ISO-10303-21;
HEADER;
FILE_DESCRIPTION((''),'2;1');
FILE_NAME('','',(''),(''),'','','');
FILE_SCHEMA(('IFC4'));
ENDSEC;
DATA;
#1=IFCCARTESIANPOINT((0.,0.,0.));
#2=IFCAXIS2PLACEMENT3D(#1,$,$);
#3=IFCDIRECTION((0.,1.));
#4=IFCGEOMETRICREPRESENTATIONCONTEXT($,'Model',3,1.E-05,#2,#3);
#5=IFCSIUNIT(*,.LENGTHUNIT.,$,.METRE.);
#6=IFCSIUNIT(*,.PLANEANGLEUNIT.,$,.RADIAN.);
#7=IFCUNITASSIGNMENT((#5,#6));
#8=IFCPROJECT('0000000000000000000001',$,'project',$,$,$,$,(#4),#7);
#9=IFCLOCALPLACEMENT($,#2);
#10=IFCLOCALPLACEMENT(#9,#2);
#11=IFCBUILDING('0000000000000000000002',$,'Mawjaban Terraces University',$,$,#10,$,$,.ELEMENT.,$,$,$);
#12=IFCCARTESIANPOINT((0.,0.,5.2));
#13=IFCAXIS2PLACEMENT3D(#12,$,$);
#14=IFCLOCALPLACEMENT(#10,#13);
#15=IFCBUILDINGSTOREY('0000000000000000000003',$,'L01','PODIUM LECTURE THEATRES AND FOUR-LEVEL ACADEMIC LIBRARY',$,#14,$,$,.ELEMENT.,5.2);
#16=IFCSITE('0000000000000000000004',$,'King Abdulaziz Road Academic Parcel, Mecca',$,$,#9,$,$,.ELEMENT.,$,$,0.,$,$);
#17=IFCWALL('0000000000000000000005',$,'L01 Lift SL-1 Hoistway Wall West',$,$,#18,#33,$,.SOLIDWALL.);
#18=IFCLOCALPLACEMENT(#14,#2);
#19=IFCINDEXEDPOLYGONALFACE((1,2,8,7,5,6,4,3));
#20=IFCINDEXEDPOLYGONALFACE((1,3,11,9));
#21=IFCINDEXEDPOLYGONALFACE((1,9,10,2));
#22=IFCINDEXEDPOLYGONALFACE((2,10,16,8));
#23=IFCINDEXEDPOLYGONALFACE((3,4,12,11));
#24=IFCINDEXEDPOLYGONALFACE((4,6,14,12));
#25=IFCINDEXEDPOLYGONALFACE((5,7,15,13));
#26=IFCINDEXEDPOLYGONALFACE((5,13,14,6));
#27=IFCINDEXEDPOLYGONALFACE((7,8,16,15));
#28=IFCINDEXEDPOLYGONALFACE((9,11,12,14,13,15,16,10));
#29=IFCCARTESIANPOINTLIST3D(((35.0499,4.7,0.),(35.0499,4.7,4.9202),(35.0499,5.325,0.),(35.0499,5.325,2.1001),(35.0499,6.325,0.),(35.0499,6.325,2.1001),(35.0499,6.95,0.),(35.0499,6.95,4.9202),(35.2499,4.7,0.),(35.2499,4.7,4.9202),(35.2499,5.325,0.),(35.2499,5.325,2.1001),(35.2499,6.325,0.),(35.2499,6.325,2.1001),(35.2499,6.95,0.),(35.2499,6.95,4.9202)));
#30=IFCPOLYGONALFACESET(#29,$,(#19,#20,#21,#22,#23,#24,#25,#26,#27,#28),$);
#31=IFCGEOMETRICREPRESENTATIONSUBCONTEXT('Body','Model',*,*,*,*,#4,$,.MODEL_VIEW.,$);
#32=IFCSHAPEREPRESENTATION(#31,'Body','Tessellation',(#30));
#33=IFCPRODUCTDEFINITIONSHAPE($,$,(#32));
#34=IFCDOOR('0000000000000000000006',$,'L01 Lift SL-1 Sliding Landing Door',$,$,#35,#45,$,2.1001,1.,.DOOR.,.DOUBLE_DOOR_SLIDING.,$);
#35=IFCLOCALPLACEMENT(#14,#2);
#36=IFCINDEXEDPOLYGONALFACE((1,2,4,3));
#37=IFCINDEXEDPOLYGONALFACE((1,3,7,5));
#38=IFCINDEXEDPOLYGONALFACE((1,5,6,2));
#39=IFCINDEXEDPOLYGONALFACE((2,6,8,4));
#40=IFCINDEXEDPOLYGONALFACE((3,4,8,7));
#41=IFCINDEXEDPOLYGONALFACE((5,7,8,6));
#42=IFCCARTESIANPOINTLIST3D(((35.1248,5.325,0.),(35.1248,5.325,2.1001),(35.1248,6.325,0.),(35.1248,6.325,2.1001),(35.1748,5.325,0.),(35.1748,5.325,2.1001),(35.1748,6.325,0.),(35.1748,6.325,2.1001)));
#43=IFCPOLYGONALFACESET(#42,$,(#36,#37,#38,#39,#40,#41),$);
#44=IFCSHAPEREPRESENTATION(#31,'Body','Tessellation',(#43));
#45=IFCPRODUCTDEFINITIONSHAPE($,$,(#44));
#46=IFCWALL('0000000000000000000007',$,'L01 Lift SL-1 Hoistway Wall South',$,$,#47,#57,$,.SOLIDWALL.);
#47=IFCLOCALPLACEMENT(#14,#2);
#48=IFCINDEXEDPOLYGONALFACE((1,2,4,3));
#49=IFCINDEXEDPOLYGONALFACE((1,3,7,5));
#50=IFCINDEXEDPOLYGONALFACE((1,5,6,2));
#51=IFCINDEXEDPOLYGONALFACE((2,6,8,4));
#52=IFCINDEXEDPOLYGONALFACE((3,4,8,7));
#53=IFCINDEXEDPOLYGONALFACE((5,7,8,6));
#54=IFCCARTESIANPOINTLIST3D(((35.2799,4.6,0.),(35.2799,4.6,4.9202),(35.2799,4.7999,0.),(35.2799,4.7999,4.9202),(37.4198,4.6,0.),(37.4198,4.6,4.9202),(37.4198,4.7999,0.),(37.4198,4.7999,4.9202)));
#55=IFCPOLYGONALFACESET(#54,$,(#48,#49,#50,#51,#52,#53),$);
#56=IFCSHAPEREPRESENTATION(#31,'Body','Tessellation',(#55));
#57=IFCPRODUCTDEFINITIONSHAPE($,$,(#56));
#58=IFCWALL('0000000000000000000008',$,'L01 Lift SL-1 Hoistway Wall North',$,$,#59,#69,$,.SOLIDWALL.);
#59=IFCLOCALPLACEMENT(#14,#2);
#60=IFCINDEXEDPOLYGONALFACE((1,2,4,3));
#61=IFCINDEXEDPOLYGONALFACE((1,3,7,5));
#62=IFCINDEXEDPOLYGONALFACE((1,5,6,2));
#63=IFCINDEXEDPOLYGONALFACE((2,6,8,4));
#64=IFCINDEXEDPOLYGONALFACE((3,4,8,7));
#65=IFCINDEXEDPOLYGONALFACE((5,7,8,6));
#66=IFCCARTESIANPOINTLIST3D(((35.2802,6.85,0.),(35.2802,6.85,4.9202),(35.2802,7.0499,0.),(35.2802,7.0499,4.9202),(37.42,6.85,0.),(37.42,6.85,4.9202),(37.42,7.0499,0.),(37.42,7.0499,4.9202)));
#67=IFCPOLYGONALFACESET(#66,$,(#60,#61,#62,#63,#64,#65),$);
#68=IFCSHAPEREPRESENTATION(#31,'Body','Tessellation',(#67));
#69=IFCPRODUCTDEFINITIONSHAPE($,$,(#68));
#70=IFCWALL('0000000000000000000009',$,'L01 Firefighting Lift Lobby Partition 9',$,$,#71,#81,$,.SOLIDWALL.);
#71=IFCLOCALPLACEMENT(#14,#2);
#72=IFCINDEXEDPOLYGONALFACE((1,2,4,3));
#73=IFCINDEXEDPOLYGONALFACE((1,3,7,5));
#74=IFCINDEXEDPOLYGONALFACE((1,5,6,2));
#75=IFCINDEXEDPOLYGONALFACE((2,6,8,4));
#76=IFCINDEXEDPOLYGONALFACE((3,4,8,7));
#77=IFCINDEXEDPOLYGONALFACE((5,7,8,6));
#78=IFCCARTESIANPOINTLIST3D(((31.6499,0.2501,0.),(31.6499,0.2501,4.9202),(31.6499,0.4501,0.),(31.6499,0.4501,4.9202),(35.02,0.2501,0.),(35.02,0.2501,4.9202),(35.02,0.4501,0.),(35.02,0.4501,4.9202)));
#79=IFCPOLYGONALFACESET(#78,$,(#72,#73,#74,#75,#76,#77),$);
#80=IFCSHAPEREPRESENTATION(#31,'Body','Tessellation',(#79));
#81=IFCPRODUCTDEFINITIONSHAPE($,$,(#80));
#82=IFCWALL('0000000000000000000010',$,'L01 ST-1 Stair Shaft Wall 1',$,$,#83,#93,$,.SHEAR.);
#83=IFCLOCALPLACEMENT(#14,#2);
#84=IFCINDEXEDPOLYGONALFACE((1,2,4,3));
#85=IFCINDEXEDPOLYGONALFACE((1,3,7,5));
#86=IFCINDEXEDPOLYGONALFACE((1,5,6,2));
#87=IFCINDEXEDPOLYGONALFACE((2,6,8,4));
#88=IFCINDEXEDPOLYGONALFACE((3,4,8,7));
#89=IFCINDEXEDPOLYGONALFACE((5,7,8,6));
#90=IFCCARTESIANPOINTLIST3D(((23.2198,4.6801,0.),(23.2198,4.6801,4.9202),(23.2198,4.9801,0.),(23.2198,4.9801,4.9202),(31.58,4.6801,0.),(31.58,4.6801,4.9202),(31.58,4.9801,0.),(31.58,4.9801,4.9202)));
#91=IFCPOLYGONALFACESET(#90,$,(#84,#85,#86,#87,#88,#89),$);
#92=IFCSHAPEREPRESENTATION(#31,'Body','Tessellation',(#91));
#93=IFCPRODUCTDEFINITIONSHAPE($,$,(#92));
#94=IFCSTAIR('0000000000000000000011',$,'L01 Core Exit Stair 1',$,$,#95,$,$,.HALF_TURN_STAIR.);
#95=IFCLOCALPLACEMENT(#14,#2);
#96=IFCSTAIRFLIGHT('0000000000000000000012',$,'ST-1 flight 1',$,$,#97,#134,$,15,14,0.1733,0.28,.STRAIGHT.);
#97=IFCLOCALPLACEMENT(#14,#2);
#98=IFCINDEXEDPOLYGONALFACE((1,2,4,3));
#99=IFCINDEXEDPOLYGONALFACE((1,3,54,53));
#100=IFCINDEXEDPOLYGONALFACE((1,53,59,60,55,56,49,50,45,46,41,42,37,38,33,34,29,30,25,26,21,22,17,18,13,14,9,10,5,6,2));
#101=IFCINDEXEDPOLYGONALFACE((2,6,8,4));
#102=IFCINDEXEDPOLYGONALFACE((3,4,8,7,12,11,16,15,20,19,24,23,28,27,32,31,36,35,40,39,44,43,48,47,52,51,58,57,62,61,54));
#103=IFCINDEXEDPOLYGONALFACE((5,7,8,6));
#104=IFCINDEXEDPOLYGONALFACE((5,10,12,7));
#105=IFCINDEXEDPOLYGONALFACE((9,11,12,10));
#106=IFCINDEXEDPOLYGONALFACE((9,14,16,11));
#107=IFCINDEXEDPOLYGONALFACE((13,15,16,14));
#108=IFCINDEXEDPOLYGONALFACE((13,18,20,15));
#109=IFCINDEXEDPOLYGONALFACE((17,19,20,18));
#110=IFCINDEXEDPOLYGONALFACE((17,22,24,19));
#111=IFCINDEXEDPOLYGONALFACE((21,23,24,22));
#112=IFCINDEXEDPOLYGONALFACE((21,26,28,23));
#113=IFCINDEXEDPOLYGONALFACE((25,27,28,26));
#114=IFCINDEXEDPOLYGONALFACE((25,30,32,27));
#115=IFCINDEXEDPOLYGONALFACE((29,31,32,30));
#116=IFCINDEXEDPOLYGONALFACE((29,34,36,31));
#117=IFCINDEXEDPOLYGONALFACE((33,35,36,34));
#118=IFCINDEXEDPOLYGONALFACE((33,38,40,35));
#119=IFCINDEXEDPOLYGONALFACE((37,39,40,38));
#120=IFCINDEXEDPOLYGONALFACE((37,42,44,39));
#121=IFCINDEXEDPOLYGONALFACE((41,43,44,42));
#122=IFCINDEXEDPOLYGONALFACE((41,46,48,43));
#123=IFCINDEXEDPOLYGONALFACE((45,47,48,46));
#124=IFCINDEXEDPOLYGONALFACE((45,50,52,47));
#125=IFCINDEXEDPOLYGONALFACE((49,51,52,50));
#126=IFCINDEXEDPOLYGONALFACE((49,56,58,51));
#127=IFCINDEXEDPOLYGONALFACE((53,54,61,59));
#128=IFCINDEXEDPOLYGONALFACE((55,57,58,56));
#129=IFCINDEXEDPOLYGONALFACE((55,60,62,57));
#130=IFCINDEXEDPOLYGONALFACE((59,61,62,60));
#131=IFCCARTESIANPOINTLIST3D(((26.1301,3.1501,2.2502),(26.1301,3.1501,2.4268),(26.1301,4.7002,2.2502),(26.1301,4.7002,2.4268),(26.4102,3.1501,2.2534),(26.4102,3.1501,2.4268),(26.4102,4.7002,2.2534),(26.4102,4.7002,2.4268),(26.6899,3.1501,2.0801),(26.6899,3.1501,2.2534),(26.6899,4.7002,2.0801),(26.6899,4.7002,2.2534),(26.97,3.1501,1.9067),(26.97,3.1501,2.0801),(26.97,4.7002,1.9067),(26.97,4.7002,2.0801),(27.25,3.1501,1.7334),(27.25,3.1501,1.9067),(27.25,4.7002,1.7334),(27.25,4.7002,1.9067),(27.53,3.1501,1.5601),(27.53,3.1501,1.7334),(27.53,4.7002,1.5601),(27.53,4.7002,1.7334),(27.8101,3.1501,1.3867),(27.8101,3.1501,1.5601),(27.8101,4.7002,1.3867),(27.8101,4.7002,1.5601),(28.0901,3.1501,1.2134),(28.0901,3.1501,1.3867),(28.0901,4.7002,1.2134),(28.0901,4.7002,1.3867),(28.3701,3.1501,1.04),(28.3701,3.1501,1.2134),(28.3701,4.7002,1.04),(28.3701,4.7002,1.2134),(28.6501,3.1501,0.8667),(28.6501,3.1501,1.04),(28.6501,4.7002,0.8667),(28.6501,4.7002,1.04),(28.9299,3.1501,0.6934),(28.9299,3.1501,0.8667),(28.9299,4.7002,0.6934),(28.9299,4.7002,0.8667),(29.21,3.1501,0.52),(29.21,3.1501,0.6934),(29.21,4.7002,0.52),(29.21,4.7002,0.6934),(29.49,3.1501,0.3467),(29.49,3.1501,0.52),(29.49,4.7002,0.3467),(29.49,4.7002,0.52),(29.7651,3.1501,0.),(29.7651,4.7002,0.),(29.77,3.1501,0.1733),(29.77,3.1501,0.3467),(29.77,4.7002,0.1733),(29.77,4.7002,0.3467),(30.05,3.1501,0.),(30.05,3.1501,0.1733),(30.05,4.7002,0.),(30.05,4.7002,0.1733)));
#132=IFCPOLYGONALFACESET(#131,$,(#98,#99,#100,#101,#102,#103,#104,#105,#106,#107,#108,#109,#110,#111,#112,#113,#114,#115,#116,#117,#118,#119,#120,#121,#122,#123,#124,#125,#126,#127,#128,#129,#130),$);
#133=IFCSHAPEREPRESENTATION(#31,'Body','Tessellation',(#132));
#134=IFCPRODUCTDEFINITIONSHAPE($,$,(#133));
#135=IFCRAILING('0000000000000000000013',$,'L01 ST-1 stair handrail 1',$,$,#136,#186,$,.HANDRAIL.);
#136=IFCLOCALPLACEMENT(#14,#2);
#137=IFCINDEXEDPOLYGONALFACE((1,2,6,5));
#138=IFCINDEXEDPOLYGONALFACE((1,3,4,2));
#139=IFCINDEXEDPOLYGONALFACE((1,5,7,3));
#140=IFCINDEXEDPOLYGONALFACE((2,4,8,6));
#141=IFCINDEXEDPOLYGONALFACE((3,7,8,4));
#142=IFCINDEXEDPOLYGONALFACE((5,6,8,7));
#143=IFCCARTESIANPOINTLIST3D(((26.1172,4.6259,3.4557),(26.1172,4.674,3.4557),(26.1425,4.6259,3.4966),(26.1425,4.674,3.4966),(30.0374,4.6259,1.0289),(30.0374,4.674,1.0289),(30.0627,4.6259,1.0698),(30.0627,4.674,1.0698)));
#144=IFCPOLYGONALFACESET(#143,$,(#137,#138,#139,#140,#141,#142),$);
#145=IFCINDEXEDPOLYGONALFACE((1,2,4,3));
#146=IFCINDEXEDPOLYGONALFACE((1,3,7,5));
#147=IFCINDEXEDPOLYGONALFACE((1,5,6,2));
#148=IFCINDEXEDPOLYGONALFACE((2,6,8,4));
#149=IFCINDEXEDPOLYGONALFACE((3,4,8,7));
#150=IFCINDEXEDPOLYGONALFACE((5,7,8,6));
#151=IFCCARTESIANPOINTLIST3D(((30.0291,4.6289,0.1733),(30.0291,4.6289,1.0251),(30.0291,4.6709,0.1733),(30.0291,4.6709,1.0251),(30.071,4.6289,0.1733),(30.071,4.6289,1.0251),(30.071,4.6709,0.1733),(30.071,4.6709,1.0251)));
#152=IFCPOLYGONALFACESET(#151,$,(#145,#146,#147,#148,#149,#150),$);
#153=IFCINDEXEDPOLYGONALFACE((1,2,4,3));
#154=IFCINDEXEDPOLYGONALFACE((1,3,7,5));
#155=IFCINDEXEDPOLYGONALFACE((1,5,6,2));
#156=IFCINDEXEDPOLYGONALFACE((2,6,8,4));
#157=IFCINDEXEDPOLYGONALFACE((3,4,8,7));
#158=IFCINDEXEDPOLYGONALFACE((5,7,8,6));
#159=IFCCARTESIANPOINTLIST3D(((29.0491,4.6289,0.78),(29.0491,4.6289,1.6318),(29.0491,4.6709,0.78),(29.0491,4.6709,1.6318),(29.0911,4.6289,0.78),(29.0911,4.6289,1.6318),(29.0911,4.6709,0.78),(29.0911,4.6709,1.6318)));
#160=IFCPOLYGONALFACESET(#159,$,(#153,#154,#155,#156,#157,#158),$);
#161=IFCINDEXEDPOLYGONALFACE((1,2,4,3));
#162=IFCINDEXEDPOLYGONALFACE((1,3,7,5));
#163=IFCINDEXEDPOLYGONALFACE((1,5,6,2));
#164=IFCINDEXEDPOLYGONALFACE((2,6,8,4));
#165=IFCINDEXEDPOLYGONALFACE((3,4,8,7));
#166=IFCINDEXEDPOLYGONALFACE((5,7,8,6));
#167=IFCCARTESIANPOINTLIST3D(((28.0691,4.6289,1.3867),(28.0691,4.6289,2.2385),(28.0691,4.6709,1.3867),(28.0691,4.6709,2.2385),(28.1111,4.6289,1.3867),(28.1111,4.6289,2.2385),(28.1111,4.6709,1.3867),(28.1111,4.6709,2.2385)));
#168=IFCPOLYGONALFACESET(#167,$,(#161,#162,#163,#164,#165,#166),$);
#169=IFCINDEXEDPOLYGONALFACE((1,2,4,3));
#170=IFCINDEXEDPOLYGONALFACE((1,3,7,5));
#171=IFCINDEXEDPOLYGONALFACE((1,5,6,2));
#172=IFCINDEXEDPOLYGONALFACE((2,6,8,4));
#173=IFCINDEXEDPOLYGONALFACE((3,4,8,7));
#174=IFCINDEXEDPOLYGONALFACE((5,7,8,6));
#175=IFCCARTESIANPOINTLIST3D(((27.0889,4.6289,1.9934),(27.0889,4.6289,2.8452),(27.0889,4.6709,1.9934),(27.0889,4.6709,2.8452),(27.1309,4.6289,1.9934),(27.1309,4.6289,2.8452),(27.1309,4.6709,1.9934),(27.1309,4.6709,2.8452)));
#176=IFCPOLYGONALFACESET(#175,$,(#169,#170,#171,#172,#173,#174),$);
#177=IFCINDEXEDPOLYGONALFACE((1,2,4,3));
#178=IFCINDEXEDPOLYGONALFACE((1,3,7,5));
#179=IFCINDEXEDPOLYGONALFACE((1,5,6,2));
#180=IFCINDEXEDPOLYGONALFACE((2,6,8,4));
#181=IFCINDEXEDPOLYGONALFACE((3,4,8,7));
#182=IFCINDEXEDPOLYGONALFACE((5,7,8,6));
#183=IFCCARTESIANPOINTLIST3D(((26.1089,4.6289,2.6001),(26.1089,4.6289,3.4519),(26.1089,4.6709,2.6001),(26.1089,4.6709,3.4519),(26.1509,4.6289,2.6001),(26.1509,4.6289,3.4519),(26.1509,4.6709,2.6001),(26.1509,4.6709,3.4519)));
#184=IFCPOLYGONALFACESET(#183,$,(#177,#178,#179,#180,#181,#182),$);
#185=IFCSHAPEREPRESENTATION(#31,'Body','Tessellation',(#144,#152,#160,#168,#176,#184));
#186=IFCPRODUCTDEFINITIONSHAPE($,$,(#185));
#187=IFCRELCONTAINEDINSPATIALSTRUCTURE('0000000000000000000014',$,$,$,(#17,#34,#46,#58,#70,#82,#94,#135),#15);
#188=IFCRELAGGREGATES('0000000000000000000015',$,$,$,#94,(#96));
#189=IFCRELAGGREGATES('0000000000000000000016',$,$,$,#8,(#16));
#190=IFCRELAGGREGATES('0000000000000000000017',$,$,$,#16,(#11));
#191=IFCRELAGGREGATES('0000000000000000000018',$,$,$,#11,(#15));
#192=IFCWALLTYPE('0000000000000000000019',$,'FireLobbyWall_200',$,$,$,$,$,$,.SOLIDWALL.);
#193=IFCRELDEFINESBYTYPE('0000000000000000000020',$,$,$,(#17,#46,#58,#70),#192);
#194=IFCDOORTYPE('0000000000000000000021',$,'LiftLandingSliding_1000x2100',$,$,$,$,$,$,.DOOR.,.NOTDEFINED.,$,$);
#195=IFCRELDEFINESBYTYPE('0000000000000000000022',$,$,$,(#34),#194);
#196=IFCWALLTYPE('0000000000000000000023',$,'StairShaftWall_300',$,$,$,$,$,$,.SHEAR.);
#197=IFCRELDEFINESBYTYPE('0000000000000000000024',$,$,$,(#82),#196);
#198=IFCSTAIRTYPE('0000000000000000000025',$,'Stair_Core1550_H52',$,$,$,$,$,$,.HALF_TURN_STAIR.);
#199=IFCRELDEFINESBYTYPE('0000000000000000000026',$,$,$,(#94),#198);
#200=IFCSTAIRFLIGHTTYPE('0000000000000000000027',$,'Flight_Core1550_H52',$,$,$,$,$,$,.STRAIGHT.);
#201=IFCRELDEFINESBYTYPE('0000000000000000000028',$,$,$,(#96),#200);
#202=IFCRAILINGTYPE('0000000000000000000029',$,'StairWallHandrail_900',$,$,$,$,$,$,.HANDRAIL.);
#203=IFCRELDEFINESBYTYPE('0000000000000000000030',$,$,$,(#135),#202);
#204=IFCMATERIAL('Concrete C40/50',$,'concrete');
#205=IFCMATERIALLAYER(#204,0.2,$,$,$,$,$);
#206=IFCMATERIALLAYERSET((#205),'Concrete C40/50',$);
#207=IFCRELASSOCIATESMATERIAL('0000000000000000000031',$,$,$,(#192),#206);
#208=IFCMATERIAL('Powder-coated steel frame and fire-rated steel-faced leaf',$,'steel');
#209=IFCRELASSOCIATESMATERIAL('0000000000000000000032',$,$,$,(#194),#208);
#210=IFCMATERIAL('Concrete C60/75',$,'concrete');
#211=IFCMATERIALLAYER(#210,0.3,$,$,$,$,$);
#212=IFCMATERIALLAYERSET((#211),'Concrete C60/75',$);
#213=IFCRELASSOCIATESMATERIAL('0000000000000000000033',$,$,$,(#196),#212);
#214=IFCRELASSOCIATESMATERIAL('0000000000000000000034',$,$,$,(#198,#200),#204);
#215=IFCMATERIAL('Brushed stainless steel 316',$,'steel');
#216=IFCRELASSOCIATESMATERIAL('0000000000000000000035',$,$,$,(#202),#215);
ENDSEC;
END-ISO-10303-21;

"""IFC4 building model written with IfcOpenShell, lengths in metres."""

from ifc_helpers import new_model, si_unit, direction, frame, frame_2d, origin, origin_2d, place, context, subcontext, project, spatial, polyline, rectangle, outline, extrude, material, layer, layer_set, type_object, element, fill, aggregate, save


model = new_model("IFC4")

# Units and contexts
model_context = context("Model", 3, precision=1e-05, world=origin(), true_north=direction((0.0, 1.0)))
body_context = subcontext(model_context, "Body", "Model", "MODEL_VIEW")
ifc_project = project(units=[si_unit("LENGTHUNIT", "METRE"), si_unit("PLANEANGLEUNIT", "RADIAN")], contexts=[model_context])

# Site, building, storey
site_placement = place(None, origin())
site = spatial("IfcSite", under=ifc_project, at=site_placement, Name="King Abdulaziz Road Academic Parcel, Mecca", CompositionType="ELEMENT", RefElevation=0.0)
building_placement = place(site_placement, origin())
building = spatial("IfcBuilding", under=site, at=building_placement, Name="Mawjaban Terraces University", CompositionType="ELEMENT")
storey_placement = place(building_placement, frame((0.0, 0.0, 5.2)))
storey = spatial("IfcBuildingStorey", under=building, at=storey_placement, Name="L01", Description="PODIUM LECTURE THEATRES AND FOUR-LEVEL ACADEMIC LIBRARY", CompositionType="ELEMENT", Elevation=5.2)

# Shared definitions
ifc_material_1 = material(Name="Concrete C40/50", Category="concrete")
ifc_layer_1 = layer(ifc_material_1, 0.2)
ifc_layer_set_1 = layer_set([ifc_layer_1], Name="Concrete C40/50")
wall_type_1 = type_object("IfcWallType", Name="FireLobbyWall_200", PredefinedType="SOLIDWALL", material=ifc_layer_set_1)
ifc_material_2 = material(Name="Powder-coated steel frame and fire-rated steel-faced leaf", Category="steel")

# Wall, opening, door
wall_1_placement = place(storey_placement, frame((35.1499, 6.95, 0.0), z_axis=(0.0, 0.0, 1.0), x_axis=(0.0, -1.0, 0.0)))
wall_1 = element("IfcWall", 1, at=wall_1_placement, inside=storey, type_object=wall_type_1, Name="L01 Lift SL-1 Hoistway Wall West", PredefinedType="SOLIDWALL", context=body_context, shape_type="SweptSolid", body=[
    extrude(rectangle(XDim=2.25, YDim=0.2, at=frame_2d((1.125, 0.0))), origin(), (0.0, 0.0, 1.0), 4.9202),
])
opening_1_placement = place(wall_1_placement, frame((0.625, 0.0, 0.0)))
opening_1 = element("IfcOpeningElement", 2, at=opening_1_placement, cuts=wall_1, PredefinedType="OPENING", context=body_context, shape_type="SweptSolid", body=[
    extrude(rectangle(XDim=1.0, YDim=2.1001, at=frame_2d((0.5, 1.05))), frame((0.0, 0.1099, 0.0), z_axis=(0.0, -1.0, 0.0), x_axis=(1.0, 0.0, 0.0)), (0.0, 0.0, 1.0), 0.22),
])
door_type_1 = type_object("IfcDoorType", Name="LiftLandingSliding_1000x2100", OperationType="NOTDEFINED", PredefinedType="DOOR", material=ifc_material_2)
door_1_placement = place(opening_1_placement, origin())
door_1 = element("IfcDoor", 3, at=door_1_placement, inside=storey, type_object=door_type_1, Name="L01 Lift SL-1 Sliding Landing Door", OperationType="DOUBLE_DOOR_SLIDING", OverallHeight=2.1001, OverallWidth=1.0, PredefinedType="DOOR", context=body_context, shape_type="SweptSolid", body=[
    extrude(rectangle(XDim=1.0, YDim=2.1001, at=frame_2d((0.5, 1.05))), frame((0.0, 0.0249, 0.0), z_axis=(0.0, -1.0, 0.0), x_axis=(1.0, 0.0, 0.0)), (0.0, 0.0, 1.0), 0.05),
])
fill(opening_1, door_1)

# Walls
for number, where, z_axis, x_axis, name in (
    (4, (35.28, 4.7, 0.0), (0.0, 0.0, 1.0), (1.0, 0.0, 0.0), "L01 Lift SL-1 Hoistway Wall South"),
    (5, (37.4199, 6.95, 0.0), (0.0, 0.0, 1.0), (-1.0, 0.0, 0.0), "L01 Lift SL-1 Hoistway Wall North"),
):
    element("IfcWall", number, at=place(storey_placement, frame(where, z_axis=z_axis, x_axis=x_axis)), inside=storey, type_object=wall_type_1, Name=name, PredefinedType="SOLIDWALL", context=body_context, shape_type="SweptSolid", body=[
        extrude(rectangle(XDim=2.1399, YDim=0.2, at=frame_2d((1.0698, 0.0))), origin(), (0.0, 0.0, 1.0), 4.9202),
    ])
wall_2_placement = place(storey_placement, frame((31.6499, 0.3501, 0.0), z_axis=(0.0, 0.0, 1.0), x_axis=(1.0, 0.0, 0.0)))
element("IfcWall", 6, at=wall_2_placement, inside=storey, type_object=wall_type_1, Name="L01 Firefighting Lift Lobby Partition 9", PredefinedType="SOLIDWALL", context=body_context, shape_type="SweptSolid", body=[
    extrude(rectangle(XDim=3.3701, YDim=0.2, at=frame_2d((1.6851, 0.0))), origin(), (0.0, 0.0, 1.0), 4.9202),
])

# Wall
ifc_material_3 = material(Name="Concrete C60/75", Category="concrete")
ifc_layer_2 = layer(ifc_material_3, 0.3)
ifc_layer_set_2 = layer_set([ifc_layer_2], Name="Concrete C60/75")
wall_type_2 = type_object("IfcWallType", Name="StairShaftWall_300", PredefinedType="SHEAR", material=ifc_layer_set_2)
wall_3_placement = place(storey_placement, frame((31.5801, 4.8301, 0.0), z_axis=(0.0, 0.0, 1.0), x_axis=(-1.0, 0.0, 0.0)))
element("IfcWall", 7, at=wall_3_placement, inside=storey, type_object=wall_type_2, Name="L01 ST-1 Stair Shaft Wall 1", PredefinedType="SHEAR", context=body_context, shape_type="SweptSolid", body=[
    extrude(rectangle(XDim=8.3601, YDim=0.3, at=frame_2d((4.1802, 0.0))), origin(), (0.0, 0.0, 1.0), 4.9202),
])

# Stair, stair flight
stair_type = type_object("IfcStairType", Name="Stair_Core1550_H52", PredefinedType="HALF_TURN_STAIR", material=ifc_material_1)
stair_placement = place(storey_placement, origin())
stair = element("IfcStair", 8, at=stair_placement, inside=storey, type_object=stair_type, Name="L01 Core Exit Stair 1", PredefinedType="HALF_TURN_STAIR")
stair_flight_type = type_object("IfcStairFlightType", Name="Flight_Core1550_H52", PredefinedType="STRAIGHT", material=ifc_material_1)
stair_flight_placement = place(storey_placement, frame((30.05, 3.925, 0.0), z_axis=(0.0, 0.0, 1.0), x_axis=(-1.0, 0.0, 0.0)))
stair_flight = element("IfcStairFlight", 9, at=stair_flight_placement, type_object=stair_flight_type, Name="ST-1 flight 1", NumberOfRisers=15, NumberOfTreads=14, PredefinedType="STRAIGHT", RiserHeight=0.1733, TreadLength=0.28, context=body_context, shape_type="SweptSolid", body=[
    extrude(outline(polyline([(0.0, 0.0), (0.0, 0.1733), (0.28, 0.1733), (0.28, 0.3467), (0.5601, 0.3467), (0.5601, 0.52), (0.8401, 0.52), (0.8401, 0.6934), (1.1201, 0.6934), (1.1201, 0.8667), (1.3999, 0.8667), (1.3999, 1.04), (1.6799, 1.04), (1.6799, 1.2134), (1.96, 1.2134), (1.96, 1.3867), (2.24, 1.3867), (2.24, 1.5601), (2.52, 1.5601), (2.52, 1.7334), (2.8, 1.7334), (2.8, 1.9067), (3.0801, 1.9067), (3.0801, 2.0801), (3.3601, 2.0801), (3.3601, 2.2534), (3.6399, 2.2534), (3.6399, 2.4268), (3.9199, 2.4268), (3.9199, 2.6001), (3.9199, 2.2502), (0.2849, 0.0), (0.0, 0.0)])), frame((0.0, 0.7749, 0.0), z_axis=(0.0, -1.0, 0.0), x_axis=(1.0, 0.0, 0.0)), (0.0, 0.0, 1.0), 1.55),
])
aggregate(stair, [stair_flight])

# Railing
ifc_material_4 = material(Name="Brushed stainless steel 316", Category="steel")
railing_type_1 = type_object("IfcRailingType", Name="StairWallHandrail_900", PredefinedType="HANDRAIL", material=ifc_material_4)
railing_1_placement = place(storey_placement, frame((30.05, 4.6499, 0.1733)))
element("IfcRailing", 10, at=railing_1_placement, inside=storey, type_object=railing_type_1, Name="L01 ST-1 stair handrail 1", PredefinedType="HANDRAIL", context=body_context, shape_type="SweptSolid", body=[
    extrude(rectangle(XDim=0.0481, YDim=0.0481, at=origin_2d()), frame((0.0, 0.0, 0.876), z_axis=(-0.850266, 0.0, 0.526353), x_axis=(0.0, -1.0, 0.0)), (0.0, 0.0, 1.0), 4.6106),
    extrude(rectangle(XDim=0.042, YDim=0.042, at=origin_2d()), origin(), (0.0, 0.0, 1.0), 0.8518),
    extrude(rectangle(XDim=0.042, YDim=0.042, at=origin_2d()), frame((-0.98, 0.0, 0.6067)), (0.0, 0.0, 1.0), 0.8518),
    extrude(rectangle(XDim=0.042, YDim=0.042, at=origin_2d()), frame((-1.96, 0.0, 1.2134)), (0.0, 0.0, 1.0), 0.8518),
    extrude(rectangle(XDim=0.042, YDim=0.042, at=origin_2d()), frame((-2.9402, 0.0, 1.8201)), (0.0, 0.0, 1.0), 0.8518),
    extrude(rectangle(XDim=0.042, YDim=0.042, at=origin_2d()), frame((-3.9202, 0.0, 2.4268)), (0.0, 0.0, 1.0), 0.8518),
])

save(model, "model.ifc")
